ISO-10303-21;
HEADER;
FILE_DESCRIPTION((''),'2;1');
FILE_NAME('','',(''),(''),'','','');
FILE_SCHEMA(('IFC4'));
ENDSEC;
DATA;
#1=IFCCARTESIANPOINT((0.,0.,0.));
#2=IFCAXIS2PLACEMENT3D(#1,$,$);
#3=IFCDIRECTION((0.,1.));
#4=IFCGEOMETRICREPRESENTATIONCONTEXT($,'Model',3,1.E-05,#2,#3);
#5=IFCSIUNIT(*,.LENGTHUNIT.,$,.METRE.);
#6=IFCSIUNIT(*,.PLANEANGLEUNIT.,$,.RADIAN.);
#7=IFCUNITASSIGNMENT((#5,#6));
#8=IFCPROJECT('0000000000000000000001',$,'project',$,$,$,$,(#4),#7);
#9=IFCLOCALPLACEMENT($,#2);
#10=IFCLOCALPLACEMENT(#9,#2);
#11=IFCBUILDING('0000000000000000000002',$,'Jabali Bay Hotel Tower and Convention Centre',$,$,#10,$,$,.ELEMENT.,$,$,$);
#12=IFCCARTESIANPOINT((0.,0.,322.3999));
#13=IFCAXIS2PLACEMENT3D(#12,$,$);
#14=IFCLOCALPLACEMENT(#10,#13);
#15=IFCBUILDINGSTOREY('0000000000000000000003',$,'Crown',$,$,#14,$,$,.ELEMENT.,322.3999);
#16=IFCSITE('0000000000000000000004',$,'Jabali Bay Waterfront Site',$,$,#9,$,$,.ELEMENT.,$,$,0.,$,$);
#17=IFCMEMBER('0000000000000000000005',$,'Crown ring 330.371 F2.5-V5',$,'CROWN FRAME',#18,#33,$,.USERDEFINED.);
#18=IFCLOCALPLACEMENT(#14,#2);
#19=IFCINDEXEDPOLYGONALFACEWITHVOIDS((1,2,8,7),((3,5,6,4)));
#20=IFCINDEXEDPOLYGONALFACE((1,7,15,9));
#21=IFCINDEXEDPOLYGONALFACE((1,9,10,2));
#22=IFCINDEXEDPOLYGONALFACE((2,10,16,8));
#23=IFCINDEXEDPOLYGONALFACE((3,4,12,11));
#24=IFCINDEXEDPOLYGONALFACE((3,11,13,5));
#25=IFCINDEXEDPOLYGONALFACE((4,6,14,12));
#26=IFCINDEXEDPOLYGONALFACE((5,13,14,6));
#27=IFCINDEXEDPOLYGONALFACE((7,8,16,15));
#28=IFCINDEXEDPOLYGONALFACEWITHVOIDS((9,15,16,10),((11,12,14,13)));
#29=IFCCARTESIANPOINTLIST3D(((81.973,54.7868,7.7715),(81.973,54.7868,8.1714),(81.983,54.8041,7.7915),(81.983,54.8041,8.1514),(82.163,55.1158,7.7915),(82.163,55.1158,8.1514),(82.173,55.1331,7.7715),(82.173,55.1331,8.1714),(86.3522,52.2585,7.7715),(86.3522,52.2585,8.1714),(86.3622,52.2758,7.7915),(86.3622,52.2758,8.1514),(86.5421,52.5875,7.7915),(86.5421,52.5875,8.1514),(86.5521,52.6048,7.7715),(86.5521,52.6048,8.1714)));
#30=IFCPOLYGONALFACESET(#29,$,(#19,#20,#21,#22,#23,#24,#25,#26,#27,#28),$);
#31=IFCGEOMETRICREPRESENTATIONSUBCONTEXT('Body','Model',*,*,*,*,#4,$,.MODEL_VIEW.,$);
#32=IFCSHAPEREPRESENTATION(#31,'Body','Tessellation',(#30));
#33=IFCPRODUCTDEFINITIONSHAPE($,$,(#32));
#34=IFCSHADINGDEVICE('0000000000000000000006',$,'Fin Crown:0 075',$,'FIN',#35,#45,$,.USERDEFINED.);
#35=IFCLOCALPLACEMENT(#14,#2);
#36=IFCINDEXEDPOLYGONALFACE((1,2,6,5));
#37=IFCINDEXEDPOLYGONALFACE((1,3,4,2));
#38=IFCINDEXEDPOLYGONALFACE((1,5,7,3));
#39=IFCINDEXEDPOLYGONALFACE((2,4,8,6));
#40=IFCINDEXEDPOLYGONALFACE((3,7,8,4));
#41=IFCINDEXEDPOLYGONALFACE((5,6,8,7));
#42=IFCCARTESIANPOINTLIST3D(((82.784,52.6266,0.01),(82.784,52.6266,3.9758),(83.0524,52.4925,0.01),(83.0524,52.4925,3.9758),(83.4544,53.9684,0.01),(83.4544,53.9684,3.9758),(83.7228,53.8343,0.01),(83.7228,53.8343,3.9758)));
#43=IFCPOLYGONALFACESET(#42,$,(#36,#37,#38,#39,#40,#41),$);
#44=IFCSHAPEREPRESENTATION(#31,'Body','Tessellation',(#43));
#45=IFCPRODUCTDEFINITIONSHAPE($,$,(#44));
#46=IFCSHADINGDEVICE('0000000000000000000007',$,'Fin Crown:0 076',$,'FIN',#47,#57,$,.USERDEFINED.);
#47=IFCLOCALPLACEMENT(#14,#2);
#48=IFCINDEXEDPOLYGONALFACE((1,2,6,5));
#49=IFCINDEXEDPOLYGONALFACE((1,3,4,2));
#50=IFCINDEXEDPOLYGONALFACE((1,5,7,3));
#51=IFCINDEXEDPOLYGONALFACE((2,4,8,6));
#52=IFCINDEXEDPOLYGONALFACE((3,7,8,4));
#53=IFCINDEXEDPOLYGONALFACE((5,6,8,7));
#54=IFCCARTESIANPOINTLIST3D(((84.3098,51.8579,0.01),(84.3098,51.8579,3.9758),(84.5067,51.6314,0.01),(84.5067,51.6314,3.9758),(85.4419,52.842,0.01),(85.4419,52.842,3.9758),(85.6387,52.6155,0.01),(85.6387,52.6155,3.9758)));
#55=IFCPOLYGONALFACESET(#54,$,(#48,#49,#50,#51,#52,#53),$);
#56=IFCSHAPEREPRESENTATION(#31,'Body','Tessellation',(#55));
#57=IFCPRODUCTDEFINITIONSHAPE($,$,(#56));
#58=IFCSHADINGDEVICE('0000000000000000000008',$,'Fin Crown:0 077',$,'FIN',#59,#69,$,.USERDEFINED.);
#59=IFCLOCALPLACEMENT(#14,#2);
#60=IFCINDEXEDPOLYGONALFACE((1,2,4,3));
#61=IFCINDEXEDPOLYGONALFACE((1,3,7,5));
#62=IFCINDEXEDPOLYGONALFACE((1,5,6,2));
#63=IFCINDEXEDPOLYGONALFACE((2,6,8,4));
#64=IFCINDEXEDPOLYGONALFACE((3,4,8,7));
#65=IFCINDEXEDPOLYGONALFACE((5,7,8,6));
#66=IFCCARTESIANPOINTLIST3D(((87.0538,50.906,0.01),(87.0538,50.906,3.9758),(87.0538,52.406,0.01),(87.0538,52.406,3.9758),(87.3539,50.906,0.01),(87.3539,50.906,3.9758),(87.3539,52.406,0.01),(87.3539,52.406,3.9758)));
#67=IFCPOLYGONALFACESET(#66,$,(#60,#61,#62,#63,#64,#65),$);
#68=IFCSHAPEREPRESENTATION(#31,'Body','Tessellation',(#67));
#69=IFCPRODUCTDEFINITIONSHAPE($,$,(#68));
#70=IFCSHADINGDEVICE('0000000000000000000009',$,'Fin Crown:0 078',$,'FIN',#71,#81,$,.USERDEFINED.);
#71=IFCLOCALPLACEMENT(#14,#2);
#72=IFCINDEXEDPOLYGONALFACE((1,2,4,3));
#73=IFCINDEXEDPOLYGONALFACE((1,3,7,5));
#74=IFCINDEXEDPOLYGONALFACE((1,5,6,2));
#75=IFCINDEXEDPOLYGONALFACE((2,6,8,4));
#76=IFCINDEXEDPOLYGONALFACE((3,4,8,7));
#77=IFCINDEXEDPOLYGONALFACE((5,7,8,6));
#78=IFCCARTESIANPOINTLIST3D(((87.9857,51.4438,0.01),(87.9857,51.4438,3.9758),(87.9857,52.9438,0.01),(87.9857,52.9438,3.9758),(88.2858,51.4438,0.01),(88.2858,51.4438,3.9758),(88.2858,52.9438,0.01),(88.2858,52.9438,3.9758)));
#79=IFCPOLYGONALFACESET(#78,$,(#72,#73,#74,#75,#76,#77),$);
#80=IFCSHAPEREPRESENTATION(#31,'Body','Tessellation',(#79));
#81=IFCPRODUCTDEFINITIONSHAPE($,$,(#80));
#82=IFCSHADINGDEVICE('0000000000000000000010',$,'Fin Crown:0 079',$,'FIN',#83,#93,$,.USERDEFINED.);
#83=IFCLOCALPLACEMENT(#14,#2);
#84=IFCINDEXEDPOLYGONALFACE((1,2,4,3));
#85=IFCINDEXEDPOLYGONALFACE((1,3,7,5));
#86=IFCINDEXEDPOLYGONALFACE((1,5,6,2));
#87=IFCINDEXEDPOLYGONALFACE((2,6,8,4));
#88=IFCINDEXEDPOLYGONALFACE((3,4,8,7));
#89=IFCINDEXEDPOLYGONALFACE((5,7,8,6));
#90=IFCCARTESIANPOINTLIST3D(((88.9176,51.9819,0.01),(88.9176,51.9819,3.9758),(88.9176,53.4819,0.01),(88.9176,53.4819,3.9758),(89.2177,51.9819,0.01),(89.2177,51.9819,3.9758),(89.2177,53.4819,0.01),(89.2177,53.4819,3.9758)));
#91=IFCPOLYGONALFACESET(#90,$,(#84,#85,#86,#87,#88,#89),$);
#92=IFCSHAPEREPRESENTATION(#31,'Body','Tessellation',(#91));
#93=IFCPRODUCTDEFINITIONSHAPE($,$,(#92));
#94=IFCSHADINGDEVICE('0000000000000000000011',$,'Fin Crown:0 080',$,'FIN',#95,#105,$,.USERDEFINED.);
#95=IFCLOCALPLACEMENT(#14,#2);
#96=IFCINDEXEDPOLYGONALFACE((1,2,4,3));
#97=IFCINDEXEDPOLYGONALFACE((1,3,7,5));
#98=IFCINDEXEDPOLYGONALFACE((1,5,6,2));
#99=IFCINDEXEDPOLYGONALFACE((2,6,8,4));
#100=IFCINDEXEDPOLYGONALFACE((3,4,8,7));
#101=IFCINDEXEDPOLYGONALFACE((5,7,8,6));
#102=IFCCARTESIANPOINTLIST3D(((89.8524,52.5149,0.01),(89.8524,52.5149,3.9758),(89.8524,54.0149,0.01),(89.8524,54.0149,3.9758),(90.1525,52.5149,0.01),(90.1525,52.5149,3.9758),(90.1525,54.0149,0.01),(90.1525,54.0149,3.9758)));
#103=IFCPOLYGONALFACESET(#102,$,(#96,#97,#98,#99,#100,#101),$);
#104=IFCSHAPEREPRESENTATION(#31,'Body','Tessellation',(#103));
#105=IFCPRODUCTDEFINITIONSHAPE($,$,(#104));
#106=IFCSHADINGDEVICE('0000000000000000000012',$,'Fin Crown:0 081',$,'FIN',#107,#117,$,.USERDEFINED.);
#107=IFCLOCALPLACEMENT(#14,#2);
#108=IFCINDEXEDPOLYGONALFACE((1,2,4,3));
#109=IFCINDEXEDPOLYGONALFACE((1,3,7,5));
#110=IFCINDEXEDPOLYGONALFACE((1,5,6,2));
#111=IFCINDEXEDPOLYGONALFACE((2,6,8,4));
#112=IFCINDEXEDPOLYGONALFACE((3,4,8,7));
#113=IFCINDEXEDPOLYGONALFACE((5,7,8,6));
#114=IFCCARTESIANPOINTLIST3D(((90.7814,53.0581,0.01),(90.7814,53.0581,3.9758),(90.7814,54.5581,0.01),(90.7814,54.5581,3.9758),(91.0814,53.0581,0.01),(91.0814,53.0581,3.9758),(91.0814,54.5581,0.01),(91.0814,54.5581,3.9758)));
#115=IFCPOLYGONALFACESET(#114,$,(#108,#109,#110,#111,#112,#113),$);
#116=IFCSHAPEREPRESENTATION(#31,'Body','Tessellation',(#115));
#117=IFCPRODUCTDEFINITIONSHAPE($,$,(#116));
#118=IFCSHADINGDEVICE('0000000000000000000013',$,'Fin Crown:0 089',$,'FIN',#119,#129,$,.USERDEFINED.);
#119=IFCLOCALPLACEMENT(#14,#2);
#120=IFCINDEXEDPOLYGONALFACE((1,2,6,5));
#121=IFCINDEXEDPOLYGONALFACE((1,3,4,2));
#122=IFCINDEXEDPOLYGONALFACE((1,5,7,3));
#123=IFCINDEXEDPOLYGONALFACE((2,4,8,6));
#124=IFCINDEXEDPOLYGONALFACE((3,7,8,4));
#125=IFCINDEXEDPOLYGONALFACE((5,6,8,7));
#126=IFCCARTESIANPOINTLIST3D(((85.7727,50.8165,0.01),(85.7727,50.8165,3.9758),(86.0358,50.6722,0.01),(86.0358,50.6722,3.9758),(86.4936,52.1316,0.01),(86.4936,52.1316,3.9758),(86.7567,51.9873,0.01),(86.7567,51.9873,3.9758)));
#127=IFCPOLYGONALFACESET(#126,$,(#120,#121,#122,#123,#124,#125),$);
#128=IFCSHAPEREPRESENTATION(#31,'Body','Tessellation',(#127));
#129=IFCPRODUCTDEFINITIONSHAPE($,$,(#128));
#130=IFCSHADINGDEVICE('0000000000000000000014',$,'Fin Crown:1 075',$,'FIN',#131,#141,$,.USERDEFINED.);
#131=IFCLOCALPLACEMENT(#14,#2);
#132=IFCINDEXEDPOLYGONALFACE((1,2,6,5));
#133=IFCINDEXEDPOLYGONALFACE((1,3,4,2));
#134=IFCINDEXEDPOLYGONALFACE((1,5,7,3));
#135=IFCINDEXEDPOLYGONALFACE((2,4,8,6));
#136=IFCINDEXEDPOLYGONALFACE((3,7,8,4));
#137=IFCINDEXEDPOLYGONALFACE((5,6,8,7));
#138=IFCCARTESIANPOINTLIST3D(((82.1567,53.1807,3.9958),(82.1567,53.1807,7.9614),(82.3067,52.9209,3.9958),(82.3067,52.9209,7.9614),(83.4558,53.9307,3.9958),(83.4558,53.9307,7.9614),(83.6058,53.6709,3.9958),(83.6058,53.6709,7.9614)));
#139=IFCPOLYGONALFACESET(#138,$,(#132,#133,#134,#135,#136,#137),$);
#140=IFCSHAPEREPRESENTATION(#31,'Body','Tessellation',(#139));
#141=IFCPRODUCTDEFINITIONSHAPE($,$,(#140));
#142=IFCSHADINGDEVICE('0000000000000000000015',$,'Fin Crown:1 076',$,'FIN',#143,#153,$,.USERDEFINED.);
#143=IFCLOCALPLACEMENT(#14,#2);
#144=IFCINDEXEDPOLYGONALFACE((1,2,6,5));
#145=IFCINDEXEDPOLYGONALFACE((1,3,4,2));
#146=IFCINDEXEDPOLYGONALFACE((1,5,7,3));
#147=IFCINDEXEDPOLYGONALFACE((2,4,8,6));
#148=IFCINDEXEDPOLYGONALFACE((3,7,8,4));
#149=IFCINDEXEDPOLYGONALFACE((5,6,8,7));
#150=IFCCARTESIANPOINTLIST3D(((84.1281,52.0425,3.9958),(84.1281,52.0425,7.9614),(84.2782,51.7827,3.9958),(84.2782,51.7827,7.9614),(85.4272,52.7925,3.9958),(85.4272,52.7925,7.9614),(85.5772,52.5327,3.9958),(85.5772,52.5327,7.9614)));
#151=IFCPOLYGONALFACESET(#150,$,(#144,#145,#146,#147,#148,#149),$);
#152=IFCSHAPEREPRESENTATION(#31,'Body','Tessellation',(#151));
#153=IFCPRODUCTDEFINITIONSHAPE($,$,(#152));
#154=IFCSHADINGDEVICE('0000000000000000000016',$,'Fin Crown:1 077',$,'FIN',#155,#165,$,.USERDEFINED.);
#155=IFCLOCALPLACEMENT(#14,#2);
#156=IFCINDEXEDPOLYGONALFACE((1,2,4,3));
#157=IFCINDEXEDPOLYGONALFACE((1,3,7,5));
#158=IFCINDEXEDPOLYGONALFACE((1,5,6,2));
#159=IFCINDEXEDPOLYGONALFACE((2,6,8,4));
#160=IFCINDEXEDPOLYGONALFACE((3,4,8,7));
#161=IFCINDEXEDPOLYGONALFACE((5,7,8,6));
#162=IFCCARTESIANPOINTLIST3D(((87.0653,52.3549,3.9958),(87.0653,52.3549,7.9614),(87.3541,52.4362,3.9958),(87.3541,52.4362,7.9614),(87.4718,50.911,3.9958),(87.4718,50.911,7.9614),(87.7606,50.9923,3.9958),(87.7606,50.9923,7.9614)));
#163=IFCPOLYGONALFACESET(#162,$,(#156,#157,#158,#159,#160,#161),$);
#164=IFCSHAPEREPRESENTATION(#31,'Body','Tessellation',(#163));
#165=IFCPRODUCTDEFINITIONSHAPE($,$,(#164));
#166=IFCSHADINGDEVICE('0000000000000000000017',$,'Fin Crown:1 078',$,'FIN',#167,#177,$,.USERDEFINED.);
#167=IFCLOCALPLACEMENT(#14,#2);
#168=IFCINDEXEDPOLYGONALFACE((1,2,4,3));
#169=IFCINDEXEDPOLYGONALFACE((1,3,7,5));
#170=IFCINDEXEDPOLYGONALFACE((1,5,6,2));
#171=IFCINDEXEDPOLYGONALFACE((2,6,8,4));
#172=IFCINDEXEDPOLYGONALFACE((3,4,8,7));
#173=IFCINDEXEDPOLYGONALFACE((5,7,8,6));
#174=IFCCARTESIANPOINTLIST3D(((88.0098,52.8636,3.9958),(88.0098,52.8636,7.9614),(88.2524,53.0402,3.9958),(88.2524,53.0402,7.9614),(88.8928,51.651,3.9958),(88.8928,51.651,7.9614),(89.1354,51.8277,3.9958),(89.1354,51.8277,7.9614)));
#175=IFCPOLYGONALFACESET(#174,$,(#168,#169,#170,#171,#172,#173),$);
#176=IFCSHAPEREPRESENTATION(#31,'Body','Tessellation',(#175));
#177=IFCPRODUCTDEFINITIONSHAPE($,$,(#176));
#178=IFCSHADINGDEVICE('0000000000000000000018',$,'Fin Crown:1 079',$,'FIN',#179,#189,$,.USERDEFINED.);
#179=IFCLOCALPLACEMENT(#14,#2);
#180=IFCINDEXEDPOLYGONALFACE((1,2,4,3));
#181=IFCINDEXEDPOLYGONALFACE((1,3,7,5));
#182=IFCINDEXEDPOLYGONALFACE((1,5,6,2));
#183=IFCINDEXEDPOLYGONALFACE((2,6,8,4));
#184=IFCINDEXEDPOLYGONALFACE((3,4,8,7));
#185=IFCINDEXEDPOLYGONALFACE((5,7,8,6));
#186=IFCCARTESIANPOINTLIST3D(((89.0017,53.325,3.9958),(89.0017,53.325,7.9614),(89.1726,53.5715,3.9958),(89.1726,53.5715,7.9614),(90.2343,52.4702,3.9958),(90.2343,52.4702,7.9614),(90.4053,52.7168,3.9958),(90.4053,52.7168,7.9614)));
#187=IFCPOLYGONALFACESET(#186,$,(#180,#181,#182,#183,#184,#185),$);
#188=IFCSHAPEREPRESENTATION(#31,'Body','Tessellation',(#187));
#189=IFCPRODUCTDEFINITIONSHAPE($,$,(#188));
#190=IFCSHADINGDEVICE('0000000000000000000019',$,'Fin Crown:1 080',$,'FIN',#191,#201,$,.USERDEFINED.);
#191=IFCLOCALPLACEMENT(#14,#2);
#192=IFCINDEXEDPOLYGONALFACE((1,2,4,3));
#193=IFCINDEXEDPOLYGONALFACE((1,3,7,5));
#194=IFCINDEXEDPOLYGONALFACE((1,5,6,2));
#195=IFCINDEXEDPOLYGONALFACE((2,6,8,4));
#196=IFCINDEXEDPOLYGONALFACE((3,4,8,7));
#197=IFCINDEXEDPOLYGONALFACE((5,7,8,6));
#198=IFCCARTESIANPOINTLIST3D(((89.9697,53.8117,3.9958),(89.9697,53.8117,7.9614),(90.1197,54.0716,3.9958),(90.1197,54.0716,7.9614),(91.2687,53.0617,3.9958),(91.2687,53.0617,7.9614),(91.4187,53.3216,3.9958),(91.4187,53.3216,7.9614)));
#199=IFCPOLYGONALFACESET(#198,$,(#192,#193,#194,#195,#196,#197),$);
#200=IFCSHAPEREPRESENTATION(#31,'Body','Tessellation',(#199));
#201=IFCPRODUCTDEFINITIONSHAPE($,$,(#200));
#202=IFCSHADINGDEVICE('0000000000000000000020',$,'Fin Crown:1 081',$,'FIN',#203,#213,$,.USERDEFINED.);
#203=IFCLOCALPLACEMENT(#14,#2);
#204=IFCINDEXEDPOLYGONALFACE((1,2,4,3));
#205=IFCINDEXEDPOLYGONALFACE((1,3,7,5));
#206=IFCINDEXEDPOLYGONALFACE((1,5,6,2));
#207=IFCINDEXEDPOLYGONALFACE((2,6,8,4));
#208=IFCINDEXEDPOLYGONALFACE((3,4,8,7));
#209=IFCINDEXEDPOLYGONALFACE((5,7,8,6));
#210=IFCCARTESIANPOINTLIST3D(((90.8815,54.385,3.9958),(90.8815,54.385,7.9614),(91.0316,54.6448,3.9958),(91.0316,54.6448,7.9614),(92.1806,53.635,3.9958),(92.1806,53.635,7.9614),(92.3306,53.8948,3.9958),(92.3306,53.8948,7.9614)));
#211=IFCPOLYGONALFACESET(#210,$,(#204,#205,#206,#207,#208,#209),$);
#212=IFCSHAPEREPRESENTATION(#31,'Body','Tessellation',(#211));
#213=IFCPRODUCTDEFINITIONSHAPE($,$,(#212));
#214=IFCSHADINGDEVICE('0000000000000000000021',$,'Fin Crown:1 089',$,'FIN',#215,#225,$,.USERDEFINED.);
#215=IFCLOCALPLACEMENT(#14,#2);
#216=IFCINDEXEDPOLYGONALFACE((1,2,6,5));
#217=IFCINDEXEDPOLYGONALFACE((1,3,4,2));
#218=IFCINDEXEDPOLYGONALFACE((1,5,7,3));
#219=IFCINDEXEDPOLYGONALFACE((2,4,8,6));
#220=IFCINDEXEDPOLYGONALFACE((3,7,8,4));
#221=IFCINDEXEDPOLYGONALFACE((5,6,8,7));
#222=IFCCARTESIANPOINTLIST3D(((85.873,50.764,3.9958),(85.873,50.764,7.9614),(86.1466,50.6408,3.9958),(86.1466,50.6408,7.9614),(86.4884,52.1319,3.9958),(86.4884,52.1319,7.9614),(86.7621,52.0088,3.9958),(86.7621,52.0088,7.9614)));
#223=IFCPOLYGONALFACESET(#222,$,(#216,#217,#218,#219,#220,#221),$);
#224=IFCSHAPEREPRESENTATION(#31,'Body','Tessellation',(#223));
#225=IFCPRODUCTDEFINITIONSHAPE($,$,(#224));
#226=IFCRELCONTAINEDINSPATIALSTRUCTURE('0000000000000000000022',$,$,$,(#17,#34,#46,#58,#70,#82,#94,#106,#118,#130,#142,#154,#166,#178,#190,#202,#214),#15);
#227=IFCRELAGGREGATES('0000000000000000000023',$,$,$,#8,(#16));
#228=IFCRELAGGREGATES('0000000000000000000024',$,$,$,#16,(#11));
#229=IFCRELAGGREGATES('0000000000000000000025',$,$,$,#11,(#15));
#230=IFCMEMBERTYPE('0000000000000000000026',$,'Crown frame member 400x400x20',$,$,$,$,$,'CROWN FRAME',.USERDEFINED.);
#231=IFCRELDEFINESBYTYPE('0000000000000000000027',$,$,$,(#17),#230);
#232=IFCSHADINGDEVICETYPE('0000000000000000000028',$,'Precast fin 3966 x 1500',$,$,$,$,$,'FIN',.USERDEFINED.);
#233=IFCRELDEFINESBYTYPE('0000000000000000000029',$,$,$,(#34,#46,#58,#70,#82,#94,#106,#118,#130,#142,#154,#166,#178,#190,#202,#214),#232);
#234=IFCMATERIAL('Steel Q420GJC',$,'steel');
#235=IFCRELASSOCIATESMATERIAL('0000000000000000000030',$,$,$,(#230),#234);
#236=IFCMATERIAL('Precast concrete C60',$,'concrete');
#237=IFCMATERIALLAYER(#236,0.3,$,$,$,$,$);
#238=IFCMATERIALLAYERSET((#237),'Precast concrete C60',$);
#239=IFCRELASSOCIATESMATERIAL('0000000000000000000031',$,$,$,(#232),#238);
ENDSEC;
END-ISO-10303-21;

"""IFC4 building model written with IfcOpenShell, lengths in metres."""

from ifc_helpers import new_model, si_unit, direction, frame, frame_2d, origin, origin_2d, place, context, subcontext, project, spatial, rectangle, hollow_rectangle, extrude, material, layer, layer_set, material_profile, profile_set, type_object, element, save


model = new_model("IFC4")

# Units and contexts
model_context = context("Model", 3, precision=1e-05, world=origin(), true_north=direction((0.0, 1.0)))
body_context = subcontext(model_context, "Body", "Model", "MODEL_VIEW")
ifc_project = project(units=[si_unit("LENGTHUNIT", "METRE"), si_unit("PLANEANGLEUNIT", "RADIAN")], contexts=[model_context])

# Site, building, storey
site_placement = place(None, origin())
site = spatial("IfcSite", under=ifc_project, at=site_placement, Name="Jabali Bay Waterfront Site", CompositionType="ELEMENT", RefElevation=0.0)
building_placement = place(site_placement, origin())
building = spatial("IfcBuilding", under=site, at=building_placement, Name="Jabali Bay Hotel Tower and Convention Centre", CompositionType="ELEMENT")
storey_placement = place(building_placement, frame((0.0, 0.0, 322.3999)))
storey = spatial("IfcBuildingStorey", under=building, at=storey_placement, Name="Crown", CompositionType="ELEMENT", Elevation=322.3999)

# Member
ifc_material_1 = material(Name="Steel Q420GJC", Category="steel")
ifc_material_profile_1 = material_profile(ifc_material_1, hollow_rectangle(XDim=0.3999, YDim=0.3999, WallThickness=0.02, at=origin_2d()), Name="Crown frame member 400x400x20")
ifc_profile_set_1 = profile_set([ifc_material_profile_1], Name="Steel Q420GJC")
member_type_1 = type_object("IfcMemberType", Name="Crown frame member 400x400x20", ElementType="CROWN FRAME", PredefinedType="USERDEFINED", material=ifc_profile_set_1)
member_1_placement = place(storey_placement, frame((82.073, 54.96, 7.9714), z_axis=(0.866024, -0.500002, 0.0), x_axis=(0.500002, 0.866024, 0.0)))
element("IfcMember", 1, at=member_1_placement, inside=storey, type_object=member_type_1, Name="Crown ring 330.371 F2.5-V5", ObjectType="CROWN FRAME", PredefinedType="USERDEFINED", context=body_context, shape_type="SweptSolid", body=[
    extrude(hollow_rectangle(XDim=0.3999, YDim=0.3999, WallThickness=0.02, at=origin_2d()), origin(), (0.0, 0.0, 1.0), 5.0566),
])

# Shading devices
ifc_material_2 = material(Name="Precast concrete C60", Category="concrete")
ifc_layer = layer(ifc_material_2, 0.3)
ifc_layer_set = layer_set([ifc_layer], Name="Precast concrete C60")
shading_device_type = type_object("IfcShadingDeviceType", Name="Precast fin 3966 x 1500", ElementType="FIN", PredefinedType="USERDEFINED", material=ifc_layer_set)
for number, where, z_axis, x_axis, name in (
    (2, (83.5886, 53.9014, 0.01), (0.0, 0.0, 1.0), (-0.446953, -0.894557, 0.0), "Fin Crown:0 075"),
    (3, (85.5403, 52.7288, 0.01), (0.0, 0.0, 1.0), (-0.7547, -0.65607, 0.0), "Fin Crown:0 076"),
    (4, (87.2039, 52.406, 0.01), (0.0, 0.0, 1.0), (0.0, -1.0, 0.0), "Fin Crown:0 077"),
    (5, (88.1357, 52.9438, 0.01), (0.0, 0.0, 1.0), (0.0, -1.0, 0.0), "Fin Crown:0 078"),
    (6, (89.0676, 53.4819, 0.01), (0.0, 0.0, 1.0), (0.0, -1.0, 0.0), "Fin Crown:0 079"),
    (7, (90.0024, 54.0149, 0.01), (0.0, 0.0, 1.0), (0.0, -1.0, 0.0), "Fin Crown:0 080"),
    (8, (90.9314, 54.5581, 0.01), (0.0, 0.0, 1.0), (0.0, -1.0, 0.0), "Fin Crown:0 081"),
):
    element("IfcShadingDevice", number, at=place(storey_placement, frame(where, z_axis=z_axis, x_axis=x_axis)), inside=storey, type_object=shading_device_type, Name=name, ObjectType="FIN", PredefinedType="USERDEFINED", context=body_context, shape_type="SweptSolid", body=[
        extrude(rectangle(XDim=1.5, YDim=0.3, at=frame_2d((0.75, 0.0))), origin(), (0.0, 0.0, 1.0), 3.9658),
    ])
shading_device_placement = place(storey_placement, frame((86.6252, 52.0596, 0.01), z_axis=(0.0, 0.0, 1.0), x_axis=(-0.480687, -0.876892, 0.0)))
element("IfcShadingDevice", 9, at=shading_device_placement, inside=storey, type_object=shading_device_type, Name="Fin Crown:0 089", ObjectType="FIN", PredefinedType="USERDEFINED", context=body_context, shape_type="SweptSolid", body=[
    extrude(rectangle(XDim=1.4998, YDim=0.3, at=frame_2d((0.75, 0.0))), origin(), (0.0, 0.0, 1.0), 3.9658),
])
for number, where, z_axis, x_axis, name in (
    (10, (83.5308, 53.8008, 3.9958), (0.0, 0.0, 1.0), (-0.866031, -0.49999, 0.0), "Fin Crown:1 075"),
    (11, (85.5022, 52.6626, 3.9958), (0.0, 0.0, 1.0), (-0.866031, -0.49999, 0.0), "Fin Crown:1 076"),
    (12, (87.2097, 52.3955, 3.9958), (0.0, 0.0, 1.0), (0.271, -0.962579, 0.0), "Fin Crown:1 077"),
    (13, (88.1311, 52.9519, 3.9958), (0.0, 0.0, 1.0), (0.588665, -0.808377, 0.0), "Fin Crown:1 078"),
    (14, (89.0872, 53.4482, 3.9958), (0.0, 0.0, 1.0), (0.82177, -0.569819, 0.0), "Fin Crown:1 079"),
    (15, (90.0447, 53.9417, 3.9958), (0.0, 0.0, 1.0), (0.866031, -0.49999, 0.0), "Fin Crown:1 080"),
    (16, (90.9565, 54.5149, 3.9958), (0.0, 0.0, 1.0), (0.866031, -0.49999, 0.0), "Fin Crown:1 081"),
    (17, (86.6252, 52.0703, 3.9958), (0.0, 0.0, 1.0), (-0.410317, -0.911943, 0.0), "Fin Crown:1 089"),
):
    element("IfcShadingDevice", number, at=place(storey_placement, frame(where, z_axis=z_axis, x_axis=x_axis)), inside=storey, type_object=shading_device_type, Name=name, ObjectType="FIN", PredefinedType="USERDEFINED", context=body_context, shape_type="SweptSolid", body=[
        extrude(rectangle(XDim=1.5, YDim=0.3, at=frame_2d((0.75, 0.0))), origin(), (0.0, 0.0, 1.0), 3.9656),
    ])

save(model, "model.ifc")
